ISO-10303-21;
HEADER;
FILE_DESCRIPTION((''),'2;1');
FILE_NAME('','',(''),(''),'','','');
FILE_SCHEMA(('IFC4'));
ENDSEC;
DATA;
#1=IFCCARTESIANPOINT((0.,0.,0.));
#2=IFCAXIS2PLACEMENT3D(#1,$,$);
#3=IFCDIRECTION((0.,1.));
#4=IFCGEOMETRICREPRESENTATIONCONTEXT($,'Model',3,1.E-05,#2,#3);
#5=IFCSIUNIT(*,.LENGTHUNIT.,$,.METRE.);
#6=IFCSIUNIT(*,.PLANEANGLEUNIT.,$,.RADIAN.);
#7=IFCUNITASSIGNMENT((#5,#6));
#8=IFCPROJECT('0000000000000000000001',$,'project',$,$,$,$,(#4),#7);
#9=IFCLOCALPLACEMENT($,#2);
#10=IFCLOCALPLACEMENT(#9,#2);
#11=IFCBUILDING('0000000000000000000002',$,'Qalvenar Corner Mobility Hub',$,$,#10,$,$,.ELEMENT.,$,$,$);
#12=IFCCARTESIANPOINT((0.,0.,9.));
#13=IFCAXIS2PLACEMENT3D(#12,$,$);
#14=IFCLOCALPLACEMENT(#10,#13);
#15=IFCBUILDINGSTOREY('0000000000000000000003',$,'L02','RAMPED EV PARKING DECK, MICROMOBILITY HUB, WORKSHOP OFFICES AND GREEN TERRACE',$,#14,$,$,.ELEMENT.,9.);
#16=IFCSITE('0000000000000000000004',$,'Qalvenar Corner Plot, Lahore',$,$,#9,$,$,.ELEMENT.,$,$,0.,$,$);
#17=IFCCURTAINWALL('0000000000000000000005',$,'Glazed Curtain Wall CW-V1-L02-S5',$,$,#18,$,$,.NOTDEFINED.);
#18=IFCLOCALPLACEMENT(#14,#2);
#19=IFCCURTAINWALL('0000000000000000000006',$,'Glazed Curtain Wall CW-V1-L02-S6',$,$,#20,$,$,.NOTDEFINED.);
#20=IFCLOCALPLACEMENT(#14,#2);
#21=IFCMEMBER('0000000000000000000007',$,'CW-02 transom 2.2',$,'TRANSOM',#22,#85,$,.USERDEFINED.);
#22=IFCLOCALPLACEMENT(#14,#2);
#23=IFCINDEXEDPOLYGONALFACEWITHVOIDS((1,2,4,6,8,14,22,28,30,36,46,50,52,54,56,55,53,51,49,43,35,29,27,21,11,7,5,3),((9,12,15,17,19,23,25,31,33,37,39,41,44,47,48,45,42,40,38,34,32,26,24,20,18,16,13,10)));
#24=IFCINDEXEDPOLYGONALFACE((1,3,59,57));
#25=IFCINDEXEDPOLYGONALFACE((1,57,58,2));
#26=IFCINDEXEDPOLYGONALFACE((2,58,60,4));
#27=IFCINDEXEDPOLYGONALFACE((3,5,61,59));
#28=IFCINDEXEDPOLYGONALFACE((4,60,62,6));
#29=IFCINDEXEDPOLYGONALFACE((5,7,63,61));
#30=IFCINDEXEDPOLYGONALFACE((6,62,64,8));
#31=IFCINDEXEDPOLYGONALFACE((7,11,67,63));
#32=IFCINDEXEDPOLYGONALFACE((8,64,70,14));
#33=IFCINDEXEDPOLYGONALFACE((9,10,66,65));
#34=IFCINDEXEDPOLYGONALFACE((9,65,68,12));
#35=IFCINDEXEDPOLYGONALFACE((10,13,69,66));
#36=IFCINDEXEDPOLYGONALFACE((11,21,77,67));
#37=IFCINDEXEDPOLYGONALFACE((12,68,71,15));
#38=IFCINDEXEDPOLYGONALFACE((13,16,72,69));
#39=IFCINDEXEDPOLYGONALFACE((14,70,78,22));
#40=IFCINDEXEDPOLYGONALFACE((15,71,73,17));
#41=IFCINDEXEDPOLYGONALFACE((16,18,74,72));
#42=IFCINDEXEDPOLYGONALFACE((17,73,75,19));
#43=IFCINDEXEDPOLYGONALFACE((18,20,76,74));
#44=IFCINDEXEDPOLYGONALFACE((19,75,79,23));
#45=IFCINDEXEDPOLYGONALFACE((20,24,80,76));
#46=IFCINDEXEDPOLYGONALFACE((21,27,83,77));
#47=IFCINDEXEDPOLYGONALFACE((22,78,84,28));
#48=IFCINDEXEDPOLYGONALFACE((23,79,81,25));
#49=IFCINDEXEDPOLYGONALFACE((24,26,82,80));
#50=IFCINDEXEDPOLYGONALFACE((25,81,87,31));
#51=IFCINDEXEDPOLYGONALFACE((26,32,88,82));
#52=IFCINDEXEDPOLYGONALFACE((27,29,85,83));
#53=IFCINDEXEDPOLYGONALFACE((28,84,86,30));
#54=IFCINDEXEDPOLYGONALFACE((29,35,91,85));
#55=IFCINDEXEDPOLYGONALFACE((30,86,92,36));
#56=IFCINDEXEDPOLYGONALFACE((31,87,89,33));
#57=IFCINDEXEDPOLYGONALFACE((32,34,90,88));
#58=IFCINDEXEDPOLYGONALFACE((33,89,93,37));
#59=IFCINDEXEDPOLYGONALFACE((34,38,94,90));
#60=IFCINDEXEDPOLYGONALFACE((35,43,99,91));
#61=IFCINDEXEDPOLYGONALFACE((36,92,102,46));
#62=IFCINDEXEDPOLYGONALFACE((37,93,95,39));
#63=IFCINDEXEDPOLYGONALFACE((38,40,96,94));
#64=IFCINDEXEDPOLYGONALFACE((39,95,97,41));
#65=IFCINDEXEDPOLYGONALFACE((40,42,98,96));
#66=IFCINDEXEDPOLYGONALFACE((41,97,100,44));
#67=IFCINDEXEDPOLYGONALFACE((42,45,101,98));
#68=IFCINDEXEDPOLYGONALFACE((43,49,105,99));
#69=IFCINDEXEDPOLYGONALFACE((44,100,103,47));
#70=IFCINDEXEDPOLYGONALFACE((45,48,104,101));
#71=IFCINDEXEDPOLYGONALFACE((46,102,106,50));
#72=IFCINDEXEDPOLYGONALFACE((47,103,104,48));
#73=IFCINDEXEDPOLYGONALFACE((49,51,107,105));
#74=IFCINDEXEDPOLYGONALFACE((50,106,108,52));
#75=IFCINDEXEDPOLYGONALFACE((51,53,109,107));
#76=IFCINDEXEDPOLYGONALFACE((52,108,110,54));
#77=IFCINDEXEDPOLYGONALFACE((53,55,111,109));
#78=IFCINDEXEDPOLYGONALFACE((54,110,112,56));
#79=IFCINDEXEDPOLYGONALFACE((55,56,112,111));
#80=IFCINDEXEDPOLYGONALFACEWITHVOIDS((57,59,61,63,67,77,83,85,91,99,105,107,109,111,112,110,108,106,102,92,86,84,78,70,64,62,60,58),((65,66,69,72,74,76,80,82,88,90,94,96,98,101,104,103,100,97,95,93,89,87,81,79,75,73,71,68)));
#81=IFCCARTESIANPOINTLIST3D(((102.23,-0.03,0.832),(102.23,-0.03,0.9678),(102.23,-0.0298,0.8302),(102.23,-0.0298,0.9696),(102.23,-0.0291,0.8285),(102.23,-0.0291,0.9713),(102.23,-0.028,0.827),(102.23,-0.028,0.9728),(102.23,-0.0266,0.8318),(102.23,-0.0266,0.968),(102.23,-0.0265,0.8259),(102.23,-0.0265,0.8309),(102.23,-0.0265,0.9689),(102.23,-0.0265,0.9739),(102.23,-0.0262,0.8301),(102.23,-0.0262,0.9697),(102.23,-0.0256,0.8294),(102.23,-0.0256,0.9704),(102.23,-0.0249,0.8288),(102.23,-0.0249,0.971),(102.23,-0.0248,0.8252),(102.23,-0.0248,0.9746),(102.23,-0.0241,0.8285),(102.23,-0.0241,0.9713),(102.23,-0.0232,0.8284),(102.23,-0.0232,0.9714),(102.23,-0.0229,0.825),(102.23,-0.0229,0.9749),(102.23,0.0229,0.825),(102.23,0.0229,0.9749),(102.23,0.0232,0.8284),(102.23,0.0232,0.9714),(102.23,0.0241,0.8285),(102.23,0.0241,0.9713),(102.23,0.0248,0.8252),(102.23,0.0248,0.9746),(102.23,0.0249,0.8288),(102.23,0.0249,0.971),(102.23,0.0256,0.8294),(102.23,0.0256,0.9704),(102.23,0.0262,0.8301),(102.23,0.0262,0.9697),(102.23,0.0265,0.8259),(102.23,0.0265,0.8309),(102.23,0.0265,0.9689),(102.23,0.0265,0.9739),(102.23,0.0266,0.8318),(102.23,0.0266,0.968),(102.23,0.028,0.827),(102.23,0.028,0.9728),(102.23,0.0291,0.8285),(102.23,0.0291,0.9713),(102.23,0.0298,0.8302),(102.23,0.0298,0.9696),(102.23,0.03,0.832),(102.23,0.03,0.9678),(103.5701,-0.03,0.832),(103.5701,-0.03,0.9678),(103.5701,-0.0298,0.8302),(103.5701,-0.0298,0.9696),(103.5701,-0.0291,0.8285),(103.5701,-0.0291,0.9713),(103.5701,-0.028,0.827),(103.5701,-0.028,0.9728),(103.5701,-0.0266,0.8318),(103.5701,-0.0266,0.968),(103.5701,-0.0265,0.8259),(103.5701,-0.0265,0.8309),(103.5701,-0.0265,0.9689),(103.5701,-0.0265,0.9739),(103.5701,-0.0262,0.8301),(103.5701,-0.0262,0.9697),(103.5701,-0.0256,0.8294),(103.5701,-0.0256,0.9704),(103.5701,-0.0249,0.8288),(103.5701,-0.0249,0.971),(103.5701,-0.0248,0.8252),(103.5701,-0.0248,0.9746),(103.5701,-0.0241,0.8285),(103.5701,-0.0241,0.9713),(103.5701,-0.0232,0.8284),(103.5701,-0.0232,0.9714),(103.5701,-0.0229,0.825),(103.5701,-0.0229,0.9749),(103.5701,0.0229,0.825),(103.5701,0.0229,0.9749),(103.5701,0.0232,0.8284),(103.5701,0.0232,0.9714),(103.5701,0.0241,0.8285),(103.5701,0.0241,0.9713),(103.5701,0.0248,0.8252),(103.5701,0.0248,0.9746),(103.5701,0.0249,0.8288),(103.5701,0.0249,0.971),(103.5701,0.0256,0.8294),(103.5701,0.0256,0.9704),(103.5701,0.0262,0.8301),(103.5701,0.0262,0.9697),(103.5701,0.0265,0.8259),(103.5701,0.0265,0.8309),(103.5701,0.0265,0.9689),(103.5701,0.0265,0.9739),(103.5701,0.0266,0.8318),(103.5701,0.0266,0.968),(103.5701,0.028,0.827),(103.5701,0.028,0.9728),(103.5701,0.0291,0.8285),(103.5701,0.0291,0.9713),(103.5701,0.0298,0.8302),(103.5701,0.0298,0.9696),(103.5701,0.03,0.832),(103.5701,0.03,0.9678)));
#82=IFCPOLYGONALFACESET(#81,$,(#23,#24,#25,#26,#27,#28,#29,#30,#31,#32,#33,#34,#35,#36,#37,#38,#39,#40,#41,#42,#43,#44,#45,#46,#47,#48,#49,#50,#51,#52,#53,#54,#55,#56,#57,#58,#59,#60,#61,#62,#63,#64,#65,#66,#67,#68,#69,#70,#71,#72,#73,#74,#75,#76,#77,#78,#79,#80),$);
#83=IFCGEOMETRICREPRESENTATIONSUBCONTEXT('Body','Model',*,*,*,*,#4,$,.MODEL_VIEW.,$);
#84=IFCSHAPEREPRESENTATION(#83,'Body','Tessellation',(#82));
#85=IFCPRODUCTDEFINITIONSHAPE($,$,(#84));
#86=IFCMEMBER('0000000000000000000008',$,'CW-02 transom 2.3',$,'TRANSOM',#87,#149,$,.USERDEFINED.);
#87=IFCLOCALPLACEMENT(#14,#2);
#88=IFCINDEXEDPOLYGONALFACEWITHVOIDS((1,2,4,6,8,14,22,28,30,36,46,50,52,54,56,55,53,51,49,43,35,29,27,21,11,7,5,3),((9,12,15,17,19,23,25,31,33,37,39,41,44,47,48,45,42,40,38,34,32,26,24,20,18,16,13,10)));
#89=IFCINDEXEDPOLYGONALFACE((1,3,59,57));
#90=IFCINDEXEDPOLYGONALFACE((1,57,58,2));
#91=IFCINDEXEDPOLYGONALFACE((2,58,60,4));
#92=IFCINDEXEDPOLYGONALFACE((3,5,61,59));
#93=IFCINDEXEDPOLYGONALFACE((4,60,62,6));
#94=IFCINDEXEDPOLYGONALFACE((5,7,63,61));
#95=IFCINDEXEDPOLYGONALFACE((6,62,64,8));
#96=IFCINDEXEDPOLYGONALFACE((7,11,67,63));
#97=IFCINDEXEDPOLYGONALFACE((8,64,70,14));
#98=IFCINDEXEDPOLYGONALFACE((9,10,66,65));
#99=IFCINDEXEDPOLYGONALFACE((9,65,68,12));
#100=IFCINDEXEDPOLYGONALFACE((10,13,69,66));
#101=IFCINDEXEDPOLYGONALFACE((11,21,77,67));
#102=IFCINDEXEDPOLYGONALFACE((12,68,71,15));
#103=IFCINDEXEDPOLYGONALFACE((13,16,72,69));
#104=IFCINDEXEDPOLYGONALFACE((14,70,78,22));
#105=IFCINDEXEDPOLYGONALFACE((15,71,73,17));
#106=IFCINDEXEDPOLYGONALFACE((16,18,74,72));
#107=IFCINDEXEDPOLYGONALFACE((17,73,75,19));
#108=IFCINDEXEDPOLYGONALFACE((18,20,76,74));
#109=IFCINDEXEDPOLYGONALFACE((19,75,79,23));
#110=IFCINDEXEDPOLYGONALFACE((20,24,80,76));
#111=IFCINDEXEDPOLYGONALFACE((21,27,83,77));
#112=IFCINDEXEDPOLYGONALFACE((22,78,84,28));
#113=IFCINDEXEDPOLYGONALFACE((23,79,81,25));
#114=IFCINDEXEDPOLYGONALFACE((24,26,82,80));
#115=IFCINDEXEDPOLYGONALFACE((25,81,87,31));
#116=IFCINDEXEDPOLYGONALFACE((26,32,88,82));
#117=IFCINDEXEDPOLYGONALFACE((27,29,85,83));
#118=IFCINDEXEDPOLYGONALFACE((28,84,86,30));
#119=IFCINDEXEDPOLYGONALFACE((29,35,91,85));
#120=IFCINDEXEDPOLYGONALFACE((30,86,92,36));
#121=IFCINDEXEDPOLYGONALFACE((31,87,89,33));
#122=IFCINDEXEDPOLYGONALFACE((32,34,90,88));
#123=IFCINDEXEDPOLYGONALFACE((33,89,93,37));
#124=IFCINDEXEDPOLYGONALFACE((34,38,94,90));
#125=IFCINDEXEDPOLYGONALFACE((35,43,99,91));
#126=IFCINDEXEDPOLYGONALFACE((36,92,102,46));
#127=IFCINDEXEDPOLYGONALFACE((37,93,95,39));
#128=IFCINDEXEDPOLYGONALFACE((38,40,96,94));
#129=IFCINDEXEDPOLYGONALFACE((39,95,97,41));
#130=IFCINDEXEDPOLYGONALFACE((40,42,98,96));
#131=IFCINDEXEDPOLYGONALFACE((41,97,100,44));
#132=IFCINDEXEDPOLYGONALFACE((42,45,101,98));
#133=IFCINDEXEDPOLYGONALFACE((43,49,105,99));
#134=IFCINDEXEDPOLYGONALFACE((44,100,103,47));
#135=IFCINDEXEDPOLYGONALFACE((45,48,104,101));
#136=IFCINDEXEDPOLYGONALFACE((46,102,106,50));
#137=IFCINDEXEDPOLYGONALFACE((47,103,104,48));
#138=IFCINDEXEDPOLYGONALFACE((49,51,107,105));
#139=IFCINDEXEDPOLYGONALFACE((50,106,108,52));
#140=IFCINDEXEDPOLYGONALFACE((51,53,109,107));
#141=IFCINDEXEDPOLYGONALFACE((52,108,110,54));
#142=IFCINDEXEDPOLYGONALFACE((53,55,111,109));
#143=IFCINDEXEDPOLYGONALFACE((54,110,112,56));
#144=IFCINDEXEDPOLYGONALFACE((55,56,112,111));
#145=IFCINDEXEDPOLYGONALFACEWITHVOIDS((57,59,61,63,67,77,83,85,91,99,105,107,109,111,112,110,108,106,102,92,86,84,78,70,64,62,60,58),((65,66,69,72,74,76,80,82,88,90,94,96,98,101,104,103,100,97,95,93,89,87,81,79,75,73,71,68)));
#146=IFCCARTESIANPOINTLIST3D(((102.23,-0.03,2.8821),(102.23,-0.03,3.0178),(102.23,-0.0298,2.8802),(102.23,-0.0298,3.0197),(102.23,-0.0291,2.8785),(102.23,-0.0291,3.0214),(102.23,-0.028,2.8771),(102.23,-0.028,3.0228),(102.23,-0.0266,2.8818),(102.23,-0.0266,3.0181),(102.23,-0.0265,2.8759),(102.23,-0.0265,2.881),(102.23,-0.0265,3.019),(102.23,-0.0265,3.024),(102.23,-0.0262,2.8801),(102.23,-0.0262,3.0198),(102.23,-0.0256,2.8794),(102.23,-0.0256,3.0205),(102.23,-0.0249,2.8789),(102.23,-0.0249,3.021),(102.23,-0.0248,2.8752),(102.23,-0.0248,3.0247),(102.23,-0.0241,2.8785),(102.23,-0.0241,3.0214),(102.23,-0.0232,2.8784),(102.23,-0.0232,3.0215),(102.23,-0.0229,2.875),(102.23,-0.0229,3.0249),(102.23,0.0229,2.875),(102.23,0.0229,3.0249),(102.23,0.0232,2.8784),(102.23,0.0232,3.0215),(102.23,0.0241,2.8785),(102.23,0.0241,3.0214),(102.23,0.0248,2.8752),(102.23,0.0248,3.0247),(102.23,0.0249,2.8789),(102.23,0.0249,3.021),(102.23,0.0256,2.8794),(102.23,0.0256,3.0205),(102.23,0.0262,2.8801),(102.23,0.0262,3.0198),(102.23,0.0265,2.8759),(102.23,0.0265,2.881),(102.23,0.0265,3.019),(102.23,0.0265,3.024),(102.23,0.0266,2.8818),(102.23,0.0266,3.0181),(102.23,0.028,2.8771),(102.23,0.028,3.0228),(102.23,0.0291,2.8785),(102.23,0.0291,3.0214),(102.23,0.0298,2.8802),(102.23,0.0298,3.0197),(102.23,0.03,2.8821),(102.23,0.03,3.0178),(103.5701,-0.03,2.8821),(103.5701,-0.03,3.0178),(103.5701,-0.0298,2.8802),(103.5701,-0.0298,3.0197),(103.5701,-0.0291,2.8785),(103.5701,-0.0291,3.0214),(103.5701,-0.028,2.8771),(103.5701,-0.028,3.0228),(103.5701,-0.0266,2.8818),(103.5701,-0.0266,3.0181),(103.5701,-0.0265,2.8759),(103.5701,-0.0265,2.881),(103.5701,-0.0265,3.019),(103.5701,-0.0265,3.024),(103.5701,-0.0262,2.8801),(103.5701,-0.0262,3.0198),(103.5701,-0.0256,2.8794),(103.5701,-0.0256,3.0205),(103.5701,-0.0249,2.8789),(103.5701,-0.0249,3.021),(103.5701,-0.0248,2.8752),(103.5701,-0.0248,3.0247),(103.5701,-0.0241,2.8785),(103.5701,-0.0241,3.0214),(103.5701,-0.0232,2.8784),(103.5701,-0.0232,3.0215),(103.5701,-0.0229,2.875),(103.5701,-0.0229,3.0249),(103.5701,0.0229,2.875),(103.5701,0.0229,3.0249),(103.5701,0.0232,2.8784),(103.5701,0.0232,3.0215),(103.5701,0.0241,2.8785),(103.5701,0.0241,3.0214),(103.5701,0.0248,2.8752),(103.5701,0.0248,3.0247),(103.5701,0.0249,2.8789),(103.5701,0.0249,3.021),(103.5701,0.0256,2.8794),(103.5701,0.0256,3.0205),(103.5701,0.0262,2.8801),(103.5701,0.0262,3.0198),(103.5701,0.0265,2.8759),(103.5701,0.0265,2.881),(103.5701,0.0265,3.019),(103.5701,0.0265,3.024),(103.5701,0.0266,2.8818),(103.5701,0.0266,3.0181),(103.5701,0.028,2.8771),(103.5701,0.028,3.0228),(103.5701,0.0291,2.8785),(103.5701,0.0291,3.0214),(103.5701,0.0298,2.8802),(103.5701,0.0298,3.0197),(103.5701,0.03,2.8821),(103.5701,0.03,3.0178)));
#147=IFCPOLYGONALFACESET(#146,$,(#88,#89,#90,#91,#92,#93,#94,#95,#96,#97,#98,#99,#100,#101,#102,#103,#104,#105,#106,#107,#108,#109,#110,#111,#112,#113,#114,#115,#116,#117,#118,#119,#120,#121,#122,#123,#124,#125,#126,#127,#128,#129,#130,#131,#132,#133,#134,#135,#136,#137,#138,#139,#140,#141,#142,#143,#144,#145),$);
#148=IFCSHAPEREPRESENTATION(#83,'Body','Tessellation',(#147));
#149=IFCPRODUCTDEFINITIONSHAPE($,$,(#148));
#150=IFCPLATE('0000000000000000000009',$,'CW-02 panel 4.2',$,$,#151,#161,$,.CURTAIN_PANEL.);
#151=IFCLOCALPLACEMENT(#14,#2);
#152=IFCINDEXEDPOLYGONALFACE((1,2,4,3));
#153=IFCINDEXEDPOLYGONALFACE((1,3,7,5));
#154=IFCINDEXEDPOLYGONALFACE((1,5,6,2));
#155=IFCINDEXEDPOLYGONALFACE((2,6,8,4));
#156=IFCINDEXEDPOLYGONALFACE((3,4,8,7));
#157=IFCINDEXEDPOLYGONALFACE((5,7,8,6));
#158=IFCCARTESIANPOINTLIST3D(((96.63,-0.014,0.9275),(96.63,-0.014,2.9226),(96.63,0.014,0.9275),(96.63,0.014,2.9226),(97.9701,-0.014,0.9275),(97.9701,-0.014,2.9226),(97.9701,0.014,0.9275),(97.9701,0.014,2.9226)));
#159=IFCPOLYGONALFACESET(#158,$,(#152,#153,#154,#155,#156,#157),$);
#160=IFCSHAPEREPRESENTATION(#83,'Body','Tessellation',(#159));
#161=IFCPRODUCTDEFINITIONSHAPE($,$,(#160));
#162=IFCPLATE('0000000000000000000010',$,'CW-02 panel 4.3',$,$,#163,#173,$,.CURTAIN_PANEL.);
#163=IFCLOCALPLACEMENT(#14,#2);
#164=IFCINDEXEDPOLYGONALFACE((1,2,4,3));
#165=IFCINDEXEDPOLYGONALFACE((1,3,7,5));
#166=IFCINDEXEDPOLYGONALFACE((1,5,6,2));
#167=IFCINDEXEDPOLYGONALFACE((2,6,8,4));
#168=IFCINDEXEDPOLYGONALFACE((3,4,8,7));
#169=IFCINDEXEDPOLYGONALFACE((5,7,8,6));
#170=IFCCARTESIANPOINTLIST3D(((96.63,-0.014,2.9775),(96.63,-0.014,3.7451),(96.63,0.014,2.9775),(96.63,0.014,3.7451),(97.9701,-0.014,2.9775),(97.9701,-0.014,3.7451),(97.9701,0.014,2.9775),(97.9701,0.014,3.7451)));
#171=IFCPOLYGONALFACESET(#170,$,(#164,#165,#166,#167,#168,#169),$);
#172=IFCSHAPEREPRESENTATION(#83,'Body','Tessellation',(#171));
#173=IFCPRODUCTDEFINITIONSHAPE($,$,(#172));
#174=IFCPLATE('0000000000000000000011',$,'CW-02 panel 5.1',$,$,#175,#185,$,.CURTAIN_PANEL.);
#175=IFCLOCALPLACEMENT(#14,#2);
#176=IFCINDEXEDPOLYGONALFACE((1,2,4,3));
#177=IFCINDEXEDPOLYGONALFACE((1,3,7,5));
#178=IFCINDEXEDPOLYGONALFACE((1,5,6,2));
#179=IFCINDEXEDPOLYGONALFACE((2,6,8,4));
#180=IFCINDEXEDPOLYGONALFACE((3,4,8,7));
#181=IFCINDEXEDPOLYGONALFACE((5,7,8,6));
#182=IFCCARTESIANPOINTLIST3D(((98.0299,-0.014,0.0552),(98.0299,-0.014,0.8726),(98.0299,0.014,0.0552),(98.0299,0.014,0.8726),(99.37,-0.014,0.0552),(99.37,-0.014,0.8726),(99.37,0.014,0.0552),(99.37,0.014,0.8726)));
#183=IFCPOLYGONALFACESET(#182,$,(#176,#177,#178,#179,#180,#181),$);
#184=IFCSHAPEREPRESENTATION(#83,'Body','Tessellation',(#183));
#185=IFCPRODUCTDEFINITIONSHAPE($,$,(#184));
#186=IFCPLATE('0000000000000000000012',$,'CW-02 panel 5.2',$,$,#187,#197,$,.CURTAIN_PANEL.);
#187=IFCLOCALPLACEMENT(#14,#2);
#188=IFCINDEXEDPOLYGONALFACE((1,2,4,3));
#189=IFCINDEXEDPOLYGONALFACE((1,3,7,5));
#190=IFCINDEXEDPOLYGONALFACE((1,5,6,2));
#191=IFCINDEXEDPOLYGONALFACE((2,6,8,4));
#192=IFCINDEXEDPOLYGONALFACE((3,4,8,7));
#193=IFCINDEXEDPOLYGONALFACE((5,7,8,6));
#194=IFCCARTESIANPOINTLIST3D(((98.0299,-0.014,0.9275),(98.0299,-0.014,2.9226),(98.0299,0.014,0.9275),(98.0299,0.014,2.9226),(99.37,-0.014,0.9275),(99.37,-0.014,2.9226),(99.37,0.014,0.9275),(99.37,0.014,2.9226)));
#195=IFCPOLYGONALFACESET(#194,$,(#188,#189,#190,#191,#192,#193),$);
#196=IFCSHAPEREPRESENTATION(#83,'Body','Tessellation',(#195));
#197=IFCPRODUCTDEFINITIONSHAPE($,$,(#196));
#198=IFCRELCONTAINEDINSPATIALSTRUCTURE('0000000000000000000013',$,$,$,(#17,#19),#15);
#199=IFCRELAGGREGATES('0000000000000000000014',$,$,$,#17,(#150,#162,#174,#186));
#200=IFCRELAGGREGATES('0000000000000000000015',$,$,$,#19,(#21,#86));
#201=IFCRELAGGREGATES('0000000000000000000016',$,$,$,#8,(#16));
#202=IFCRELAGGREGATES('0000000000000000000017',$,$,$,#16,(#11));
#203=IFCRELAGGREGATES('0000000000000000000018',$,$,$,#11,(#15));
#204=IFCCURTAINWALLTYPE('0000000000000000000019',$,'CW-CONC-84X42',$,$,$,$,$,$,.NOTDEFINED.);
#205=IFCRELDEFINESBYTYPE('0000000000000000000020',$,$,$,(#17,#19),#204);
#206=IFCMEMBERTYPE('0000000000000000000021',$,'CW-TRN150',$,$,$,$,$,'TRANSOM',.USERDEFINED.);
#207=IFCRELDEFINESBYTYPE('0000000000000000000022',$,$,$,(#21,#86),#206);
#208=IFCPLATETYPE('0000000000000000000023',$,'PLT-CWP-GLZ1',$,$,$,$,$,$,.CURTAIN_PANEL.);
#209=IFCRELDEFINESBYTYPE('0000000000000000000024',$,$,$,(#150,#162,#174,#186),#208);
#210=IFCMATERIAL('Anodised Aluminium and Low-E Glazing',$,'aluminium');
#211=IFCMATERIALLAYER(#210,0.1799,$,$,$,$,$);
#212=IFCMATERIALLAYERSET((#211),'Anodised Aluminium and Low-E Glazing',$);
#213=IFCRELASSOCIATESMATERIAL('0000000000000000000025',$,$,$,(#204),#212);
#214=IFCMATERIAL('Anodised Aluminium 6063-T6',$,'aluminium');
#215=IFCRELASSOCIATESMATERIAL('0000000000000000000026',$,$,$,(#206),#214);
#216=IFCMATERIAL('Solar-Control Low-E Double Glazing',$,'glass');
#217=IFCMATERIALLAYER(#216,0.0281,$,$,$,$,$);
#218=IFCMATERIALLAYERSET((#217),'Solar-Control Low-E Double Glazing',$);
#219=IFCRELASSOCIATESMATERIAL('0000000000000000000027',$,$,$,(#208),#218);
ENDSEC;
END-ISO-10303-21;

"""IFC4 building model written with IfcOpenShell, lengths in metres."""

from ifc_helpers import new_model, si_unit, direction, frame, origin, origin_2d, place, context, subcontext, project, spatial, rectangle, hollow_rectangle, extrude, material, layer, layer_set, material_profile, profile_set, type_object, element, aggregate, save


model = new_model("IFC4")

# Units and contexts
model_context = context("Model", 3, precision=1e-05, world=origin(), true_north=direction((0.0, 1.0)))
body_context = subcontext(model_context, "Body", "Model", "MODEL_VIEW")
ifc_project = project(units=[si_unit("LENGTHUNIT", "METRE"), si_unit("PLANEANGLEUNIT", "RADIAN")], contexts=[model_context])

# Site, building, storey
site_placement = place(None, origin())
site = spatial("IfcSite", under=ifc_project, at=site_placement, Name="Qalvenar Corner Plot, Lahore", CompositionType="ELEMENT", RefElevation=0.0)
building_placement = place(site_placement, origin())
building = spatial("IfcBuilding", under=site, at=building_placement, Name="Qalvenar Corner Mobility Hub", CompositionType="ELEMENT")
storey_placement = place(building_placement, frame((0.0, 0.0, 9.0)))
storey = spatial("IfcBuildingStorey", under=building, at=storey_placement, Name="L02", Description="RAMPED EV PARKING DECK, MICROMOBILITY HUB, WORKSHOP OFFICES AND GREEN TERRACE", CompositionType="ELEMENT", Elevation=9.0)

# Curtain walls
ifc_material_1 = material(Name="Anodised Aluminium and Low-E Glazing", Category="aluminium")
ifc_layer_1 = layer(ifc_material_1, 0.1799)
ifc_layer_set_1 = layer_set([ifc_layer_1], Name="Anodised Aluminium and Low-E Glazing")
curtain_wall_type = type_object("IfcCurtainWallType", Name="CW-CONC-84X42", PredefinedType="NOTDEFINED", material=ifc_layer_set_1)
curtain_wall_1_placement = place(storey_placement, origin())
curtain_wall_1 = element("IfcCurtainWall", 1, at=curtain_wall_1_placement, inside=storey, type_object=curtain_wall_type, Name="Glazed Curtain Wall CW-V1-L02-S5", PredefinedType="NOTDEFINED")
ifc_material_2 = material(Name="Anodised Aluminium 6063-T6", Category="aluminium")
curtain_wall_2_placement = place(storey_placement, origin())
curtain_wall_2 = element("IfcCurtainWall", 2, at=curtain_wall_2_placement, inside=storey, type_object=curtain_wall_type, Name="Glazed Curtain Wall CW-V1-L02-S6", PredefinedType="NOTDEFINED")

# Members
ifc_material_profile_1 = material_profile(ifc_material_2, hollow_rectangle(XDim=0.0601, YDim=0.1499, WallThickness=0.0034, InnerFilletRadius=0.0034, OuterFilletRadius=0.0071, at=origin_2d()), Name="RHS150x60x3.5")
ifc_profile_set_1 = profile_set([ifc_material_profile_1], Name="Anodised Aluminium 6063-T6")
member_type_1 = type_object("IfcMemberType", Name="CW-TRN150", ElementType="TRANSOM", PredefinedType="USERDEFINED", material=ifc_profile_set_1)
member_1_placement = place(storey_placement, frame((102.23, 0.0, 0.8999), z_axis=(1.0, 0.0, 0.0), x_axis=(0.0, 1.0, 0.0)))
member_1 = element("IfcMember", 3, at=member_1_placement, type_object=member_type_1, Name="CW-02 transom 2.2", ObjectType="TRANSOM", PredefinedType="USERDEFINED", context=body_context, shape_type="SweptSolid", body=[
    extrude(hollow_rectangle(XDim=0.0601, YDim=0.1499, WallThickness=0.0034, InnerFilletRadius=0.0034, OuterFilletRadius=0.0071, at=origin_2d()), origin(), (0.0, 0.0, 1.0), 1.3401),
])
member_2_placement = place(storey_placement, frame((102.23, 0.0, 2.95), z_axis=(1.0, 0.0, 0.0), x_axis=(0.0, 1.0, 0.0)))
member_2 = element("IfcMember", 4, at=member_2_placement, type_object=member_type_1, Name="CW-02 transom 2.3", ObjectType="TRANSOM", PredefinedType="USERDEFINED", context=body_context, shape_type="SweptSolid", body=[
    extrude(hollow_rectangle(XDim=0.0601, YDim=0.1499, WallThickness=0.0034, InnerFilletRadius=0.0034, OuterFilletRadius=0.0071, at=origin_2d()), origin(), (0.0, 0.0, 1.0), 1.3401),
])

# Plates
ifc_material_3 = material(Name="Solar-Control Low-E Double Glazing", Category="glass")
ifc_layer_2 = layer(ifc_material_3, 0.0281)
ifc_layer_set_2 = layer_set([ifc_layer_2], Name="Solar-Control Low-E Double Glazing")
plate_type = type_object("IfcPlateType", Name="PLT-CWP-GLZ1", PredefinedType="CURTAIN_PANEL", material=ifc_layer_set_2)
plate_1_placement = place(storey_placement, frame((97.3, 0.0, 0.9275), z_axis=(0.0, 0.0, 1.0), x_axis=(1.0, 0.0, 0.0)))
plate_1 = element("IfcPlate", 5, at=plate_1_placement, type_object=plate_type, Name="CW-02 panel 4.2", PredefinedType="CURTAIN_PANEL", context=body_context, shape_type="SweptSolid", body=[
    extrude(rectangle(XDim=1.3401, YDim=0.0281, at=origin_2d()), origin(), (0.0, 0.0, 1.0), 1.9951),
])
plate_2_placement = place(storey_placement, frame((97.3, 0.0, 2.9775), z_axis=(0.0, 0.0, 1.0), x_axis=(1.0, 0.0, 0.0)))
plate_2 = element("IfcPlate", 6, at=plate_2_placement, type_object=plate_type, Name="CW-02 panel 4.3", PredefinedType="CURTAIN_PANEL", context=body_context, shape_type="SweptSolid", body=[
    extrude(rectangle(XDim=1.3401, YDim=0.0281, at=origin_2d()), origin(), (0.0, 0.0, 1.0), 0.7676),
])
plate_3_placement = place(storey_placement, frame((98.7, 0.0, 0.0552), z_axis=(0.0, 0.0, 1.0), x_axis=(1.0, 0.0, 0.0)))
plate_3 = element("IfcPlate", 7, at=plate_3_placement, type_object=plate_type, Name="CW-02 panel 5.1", PredefinedType="CURTAIN_PANEL", context=body_context, shape_type="SweptSolid", body=[
    extrude(rectangle(XDim=1.3401, YDim=0.0281, at=origin_2d()), origin(), (0.0, 0.0, 1.0), 0.8174),
])
plate_4_placement = place(storey_placement, frame((98.7, 0.0, 0.9275), z_axis=(0.0, 0.0, 1.0), x_axis=(1.0, 0.0, 0.0)))
plate_4 = element("IfcPlate", 8, at=plate_4_placement, type_object=plate_type, Name="CW-02 panel 5.2", PredefinedType="CURTAIN_PANEL", context=body_context, shape_type="SweptSolid", body=[
    extrude(rectangle(XDim=1.3401, YDim=0.0281, at=origin_2d()), origin(), (0.0, 0.0, 1.0), 1.9951),
])
aggregate(curtain_wall_1, [plate_1, plate_2, plate_3, plate_4])
aggregate(curtain_wall_2, [member_1, member_2])

save(model, "model.ifc")
